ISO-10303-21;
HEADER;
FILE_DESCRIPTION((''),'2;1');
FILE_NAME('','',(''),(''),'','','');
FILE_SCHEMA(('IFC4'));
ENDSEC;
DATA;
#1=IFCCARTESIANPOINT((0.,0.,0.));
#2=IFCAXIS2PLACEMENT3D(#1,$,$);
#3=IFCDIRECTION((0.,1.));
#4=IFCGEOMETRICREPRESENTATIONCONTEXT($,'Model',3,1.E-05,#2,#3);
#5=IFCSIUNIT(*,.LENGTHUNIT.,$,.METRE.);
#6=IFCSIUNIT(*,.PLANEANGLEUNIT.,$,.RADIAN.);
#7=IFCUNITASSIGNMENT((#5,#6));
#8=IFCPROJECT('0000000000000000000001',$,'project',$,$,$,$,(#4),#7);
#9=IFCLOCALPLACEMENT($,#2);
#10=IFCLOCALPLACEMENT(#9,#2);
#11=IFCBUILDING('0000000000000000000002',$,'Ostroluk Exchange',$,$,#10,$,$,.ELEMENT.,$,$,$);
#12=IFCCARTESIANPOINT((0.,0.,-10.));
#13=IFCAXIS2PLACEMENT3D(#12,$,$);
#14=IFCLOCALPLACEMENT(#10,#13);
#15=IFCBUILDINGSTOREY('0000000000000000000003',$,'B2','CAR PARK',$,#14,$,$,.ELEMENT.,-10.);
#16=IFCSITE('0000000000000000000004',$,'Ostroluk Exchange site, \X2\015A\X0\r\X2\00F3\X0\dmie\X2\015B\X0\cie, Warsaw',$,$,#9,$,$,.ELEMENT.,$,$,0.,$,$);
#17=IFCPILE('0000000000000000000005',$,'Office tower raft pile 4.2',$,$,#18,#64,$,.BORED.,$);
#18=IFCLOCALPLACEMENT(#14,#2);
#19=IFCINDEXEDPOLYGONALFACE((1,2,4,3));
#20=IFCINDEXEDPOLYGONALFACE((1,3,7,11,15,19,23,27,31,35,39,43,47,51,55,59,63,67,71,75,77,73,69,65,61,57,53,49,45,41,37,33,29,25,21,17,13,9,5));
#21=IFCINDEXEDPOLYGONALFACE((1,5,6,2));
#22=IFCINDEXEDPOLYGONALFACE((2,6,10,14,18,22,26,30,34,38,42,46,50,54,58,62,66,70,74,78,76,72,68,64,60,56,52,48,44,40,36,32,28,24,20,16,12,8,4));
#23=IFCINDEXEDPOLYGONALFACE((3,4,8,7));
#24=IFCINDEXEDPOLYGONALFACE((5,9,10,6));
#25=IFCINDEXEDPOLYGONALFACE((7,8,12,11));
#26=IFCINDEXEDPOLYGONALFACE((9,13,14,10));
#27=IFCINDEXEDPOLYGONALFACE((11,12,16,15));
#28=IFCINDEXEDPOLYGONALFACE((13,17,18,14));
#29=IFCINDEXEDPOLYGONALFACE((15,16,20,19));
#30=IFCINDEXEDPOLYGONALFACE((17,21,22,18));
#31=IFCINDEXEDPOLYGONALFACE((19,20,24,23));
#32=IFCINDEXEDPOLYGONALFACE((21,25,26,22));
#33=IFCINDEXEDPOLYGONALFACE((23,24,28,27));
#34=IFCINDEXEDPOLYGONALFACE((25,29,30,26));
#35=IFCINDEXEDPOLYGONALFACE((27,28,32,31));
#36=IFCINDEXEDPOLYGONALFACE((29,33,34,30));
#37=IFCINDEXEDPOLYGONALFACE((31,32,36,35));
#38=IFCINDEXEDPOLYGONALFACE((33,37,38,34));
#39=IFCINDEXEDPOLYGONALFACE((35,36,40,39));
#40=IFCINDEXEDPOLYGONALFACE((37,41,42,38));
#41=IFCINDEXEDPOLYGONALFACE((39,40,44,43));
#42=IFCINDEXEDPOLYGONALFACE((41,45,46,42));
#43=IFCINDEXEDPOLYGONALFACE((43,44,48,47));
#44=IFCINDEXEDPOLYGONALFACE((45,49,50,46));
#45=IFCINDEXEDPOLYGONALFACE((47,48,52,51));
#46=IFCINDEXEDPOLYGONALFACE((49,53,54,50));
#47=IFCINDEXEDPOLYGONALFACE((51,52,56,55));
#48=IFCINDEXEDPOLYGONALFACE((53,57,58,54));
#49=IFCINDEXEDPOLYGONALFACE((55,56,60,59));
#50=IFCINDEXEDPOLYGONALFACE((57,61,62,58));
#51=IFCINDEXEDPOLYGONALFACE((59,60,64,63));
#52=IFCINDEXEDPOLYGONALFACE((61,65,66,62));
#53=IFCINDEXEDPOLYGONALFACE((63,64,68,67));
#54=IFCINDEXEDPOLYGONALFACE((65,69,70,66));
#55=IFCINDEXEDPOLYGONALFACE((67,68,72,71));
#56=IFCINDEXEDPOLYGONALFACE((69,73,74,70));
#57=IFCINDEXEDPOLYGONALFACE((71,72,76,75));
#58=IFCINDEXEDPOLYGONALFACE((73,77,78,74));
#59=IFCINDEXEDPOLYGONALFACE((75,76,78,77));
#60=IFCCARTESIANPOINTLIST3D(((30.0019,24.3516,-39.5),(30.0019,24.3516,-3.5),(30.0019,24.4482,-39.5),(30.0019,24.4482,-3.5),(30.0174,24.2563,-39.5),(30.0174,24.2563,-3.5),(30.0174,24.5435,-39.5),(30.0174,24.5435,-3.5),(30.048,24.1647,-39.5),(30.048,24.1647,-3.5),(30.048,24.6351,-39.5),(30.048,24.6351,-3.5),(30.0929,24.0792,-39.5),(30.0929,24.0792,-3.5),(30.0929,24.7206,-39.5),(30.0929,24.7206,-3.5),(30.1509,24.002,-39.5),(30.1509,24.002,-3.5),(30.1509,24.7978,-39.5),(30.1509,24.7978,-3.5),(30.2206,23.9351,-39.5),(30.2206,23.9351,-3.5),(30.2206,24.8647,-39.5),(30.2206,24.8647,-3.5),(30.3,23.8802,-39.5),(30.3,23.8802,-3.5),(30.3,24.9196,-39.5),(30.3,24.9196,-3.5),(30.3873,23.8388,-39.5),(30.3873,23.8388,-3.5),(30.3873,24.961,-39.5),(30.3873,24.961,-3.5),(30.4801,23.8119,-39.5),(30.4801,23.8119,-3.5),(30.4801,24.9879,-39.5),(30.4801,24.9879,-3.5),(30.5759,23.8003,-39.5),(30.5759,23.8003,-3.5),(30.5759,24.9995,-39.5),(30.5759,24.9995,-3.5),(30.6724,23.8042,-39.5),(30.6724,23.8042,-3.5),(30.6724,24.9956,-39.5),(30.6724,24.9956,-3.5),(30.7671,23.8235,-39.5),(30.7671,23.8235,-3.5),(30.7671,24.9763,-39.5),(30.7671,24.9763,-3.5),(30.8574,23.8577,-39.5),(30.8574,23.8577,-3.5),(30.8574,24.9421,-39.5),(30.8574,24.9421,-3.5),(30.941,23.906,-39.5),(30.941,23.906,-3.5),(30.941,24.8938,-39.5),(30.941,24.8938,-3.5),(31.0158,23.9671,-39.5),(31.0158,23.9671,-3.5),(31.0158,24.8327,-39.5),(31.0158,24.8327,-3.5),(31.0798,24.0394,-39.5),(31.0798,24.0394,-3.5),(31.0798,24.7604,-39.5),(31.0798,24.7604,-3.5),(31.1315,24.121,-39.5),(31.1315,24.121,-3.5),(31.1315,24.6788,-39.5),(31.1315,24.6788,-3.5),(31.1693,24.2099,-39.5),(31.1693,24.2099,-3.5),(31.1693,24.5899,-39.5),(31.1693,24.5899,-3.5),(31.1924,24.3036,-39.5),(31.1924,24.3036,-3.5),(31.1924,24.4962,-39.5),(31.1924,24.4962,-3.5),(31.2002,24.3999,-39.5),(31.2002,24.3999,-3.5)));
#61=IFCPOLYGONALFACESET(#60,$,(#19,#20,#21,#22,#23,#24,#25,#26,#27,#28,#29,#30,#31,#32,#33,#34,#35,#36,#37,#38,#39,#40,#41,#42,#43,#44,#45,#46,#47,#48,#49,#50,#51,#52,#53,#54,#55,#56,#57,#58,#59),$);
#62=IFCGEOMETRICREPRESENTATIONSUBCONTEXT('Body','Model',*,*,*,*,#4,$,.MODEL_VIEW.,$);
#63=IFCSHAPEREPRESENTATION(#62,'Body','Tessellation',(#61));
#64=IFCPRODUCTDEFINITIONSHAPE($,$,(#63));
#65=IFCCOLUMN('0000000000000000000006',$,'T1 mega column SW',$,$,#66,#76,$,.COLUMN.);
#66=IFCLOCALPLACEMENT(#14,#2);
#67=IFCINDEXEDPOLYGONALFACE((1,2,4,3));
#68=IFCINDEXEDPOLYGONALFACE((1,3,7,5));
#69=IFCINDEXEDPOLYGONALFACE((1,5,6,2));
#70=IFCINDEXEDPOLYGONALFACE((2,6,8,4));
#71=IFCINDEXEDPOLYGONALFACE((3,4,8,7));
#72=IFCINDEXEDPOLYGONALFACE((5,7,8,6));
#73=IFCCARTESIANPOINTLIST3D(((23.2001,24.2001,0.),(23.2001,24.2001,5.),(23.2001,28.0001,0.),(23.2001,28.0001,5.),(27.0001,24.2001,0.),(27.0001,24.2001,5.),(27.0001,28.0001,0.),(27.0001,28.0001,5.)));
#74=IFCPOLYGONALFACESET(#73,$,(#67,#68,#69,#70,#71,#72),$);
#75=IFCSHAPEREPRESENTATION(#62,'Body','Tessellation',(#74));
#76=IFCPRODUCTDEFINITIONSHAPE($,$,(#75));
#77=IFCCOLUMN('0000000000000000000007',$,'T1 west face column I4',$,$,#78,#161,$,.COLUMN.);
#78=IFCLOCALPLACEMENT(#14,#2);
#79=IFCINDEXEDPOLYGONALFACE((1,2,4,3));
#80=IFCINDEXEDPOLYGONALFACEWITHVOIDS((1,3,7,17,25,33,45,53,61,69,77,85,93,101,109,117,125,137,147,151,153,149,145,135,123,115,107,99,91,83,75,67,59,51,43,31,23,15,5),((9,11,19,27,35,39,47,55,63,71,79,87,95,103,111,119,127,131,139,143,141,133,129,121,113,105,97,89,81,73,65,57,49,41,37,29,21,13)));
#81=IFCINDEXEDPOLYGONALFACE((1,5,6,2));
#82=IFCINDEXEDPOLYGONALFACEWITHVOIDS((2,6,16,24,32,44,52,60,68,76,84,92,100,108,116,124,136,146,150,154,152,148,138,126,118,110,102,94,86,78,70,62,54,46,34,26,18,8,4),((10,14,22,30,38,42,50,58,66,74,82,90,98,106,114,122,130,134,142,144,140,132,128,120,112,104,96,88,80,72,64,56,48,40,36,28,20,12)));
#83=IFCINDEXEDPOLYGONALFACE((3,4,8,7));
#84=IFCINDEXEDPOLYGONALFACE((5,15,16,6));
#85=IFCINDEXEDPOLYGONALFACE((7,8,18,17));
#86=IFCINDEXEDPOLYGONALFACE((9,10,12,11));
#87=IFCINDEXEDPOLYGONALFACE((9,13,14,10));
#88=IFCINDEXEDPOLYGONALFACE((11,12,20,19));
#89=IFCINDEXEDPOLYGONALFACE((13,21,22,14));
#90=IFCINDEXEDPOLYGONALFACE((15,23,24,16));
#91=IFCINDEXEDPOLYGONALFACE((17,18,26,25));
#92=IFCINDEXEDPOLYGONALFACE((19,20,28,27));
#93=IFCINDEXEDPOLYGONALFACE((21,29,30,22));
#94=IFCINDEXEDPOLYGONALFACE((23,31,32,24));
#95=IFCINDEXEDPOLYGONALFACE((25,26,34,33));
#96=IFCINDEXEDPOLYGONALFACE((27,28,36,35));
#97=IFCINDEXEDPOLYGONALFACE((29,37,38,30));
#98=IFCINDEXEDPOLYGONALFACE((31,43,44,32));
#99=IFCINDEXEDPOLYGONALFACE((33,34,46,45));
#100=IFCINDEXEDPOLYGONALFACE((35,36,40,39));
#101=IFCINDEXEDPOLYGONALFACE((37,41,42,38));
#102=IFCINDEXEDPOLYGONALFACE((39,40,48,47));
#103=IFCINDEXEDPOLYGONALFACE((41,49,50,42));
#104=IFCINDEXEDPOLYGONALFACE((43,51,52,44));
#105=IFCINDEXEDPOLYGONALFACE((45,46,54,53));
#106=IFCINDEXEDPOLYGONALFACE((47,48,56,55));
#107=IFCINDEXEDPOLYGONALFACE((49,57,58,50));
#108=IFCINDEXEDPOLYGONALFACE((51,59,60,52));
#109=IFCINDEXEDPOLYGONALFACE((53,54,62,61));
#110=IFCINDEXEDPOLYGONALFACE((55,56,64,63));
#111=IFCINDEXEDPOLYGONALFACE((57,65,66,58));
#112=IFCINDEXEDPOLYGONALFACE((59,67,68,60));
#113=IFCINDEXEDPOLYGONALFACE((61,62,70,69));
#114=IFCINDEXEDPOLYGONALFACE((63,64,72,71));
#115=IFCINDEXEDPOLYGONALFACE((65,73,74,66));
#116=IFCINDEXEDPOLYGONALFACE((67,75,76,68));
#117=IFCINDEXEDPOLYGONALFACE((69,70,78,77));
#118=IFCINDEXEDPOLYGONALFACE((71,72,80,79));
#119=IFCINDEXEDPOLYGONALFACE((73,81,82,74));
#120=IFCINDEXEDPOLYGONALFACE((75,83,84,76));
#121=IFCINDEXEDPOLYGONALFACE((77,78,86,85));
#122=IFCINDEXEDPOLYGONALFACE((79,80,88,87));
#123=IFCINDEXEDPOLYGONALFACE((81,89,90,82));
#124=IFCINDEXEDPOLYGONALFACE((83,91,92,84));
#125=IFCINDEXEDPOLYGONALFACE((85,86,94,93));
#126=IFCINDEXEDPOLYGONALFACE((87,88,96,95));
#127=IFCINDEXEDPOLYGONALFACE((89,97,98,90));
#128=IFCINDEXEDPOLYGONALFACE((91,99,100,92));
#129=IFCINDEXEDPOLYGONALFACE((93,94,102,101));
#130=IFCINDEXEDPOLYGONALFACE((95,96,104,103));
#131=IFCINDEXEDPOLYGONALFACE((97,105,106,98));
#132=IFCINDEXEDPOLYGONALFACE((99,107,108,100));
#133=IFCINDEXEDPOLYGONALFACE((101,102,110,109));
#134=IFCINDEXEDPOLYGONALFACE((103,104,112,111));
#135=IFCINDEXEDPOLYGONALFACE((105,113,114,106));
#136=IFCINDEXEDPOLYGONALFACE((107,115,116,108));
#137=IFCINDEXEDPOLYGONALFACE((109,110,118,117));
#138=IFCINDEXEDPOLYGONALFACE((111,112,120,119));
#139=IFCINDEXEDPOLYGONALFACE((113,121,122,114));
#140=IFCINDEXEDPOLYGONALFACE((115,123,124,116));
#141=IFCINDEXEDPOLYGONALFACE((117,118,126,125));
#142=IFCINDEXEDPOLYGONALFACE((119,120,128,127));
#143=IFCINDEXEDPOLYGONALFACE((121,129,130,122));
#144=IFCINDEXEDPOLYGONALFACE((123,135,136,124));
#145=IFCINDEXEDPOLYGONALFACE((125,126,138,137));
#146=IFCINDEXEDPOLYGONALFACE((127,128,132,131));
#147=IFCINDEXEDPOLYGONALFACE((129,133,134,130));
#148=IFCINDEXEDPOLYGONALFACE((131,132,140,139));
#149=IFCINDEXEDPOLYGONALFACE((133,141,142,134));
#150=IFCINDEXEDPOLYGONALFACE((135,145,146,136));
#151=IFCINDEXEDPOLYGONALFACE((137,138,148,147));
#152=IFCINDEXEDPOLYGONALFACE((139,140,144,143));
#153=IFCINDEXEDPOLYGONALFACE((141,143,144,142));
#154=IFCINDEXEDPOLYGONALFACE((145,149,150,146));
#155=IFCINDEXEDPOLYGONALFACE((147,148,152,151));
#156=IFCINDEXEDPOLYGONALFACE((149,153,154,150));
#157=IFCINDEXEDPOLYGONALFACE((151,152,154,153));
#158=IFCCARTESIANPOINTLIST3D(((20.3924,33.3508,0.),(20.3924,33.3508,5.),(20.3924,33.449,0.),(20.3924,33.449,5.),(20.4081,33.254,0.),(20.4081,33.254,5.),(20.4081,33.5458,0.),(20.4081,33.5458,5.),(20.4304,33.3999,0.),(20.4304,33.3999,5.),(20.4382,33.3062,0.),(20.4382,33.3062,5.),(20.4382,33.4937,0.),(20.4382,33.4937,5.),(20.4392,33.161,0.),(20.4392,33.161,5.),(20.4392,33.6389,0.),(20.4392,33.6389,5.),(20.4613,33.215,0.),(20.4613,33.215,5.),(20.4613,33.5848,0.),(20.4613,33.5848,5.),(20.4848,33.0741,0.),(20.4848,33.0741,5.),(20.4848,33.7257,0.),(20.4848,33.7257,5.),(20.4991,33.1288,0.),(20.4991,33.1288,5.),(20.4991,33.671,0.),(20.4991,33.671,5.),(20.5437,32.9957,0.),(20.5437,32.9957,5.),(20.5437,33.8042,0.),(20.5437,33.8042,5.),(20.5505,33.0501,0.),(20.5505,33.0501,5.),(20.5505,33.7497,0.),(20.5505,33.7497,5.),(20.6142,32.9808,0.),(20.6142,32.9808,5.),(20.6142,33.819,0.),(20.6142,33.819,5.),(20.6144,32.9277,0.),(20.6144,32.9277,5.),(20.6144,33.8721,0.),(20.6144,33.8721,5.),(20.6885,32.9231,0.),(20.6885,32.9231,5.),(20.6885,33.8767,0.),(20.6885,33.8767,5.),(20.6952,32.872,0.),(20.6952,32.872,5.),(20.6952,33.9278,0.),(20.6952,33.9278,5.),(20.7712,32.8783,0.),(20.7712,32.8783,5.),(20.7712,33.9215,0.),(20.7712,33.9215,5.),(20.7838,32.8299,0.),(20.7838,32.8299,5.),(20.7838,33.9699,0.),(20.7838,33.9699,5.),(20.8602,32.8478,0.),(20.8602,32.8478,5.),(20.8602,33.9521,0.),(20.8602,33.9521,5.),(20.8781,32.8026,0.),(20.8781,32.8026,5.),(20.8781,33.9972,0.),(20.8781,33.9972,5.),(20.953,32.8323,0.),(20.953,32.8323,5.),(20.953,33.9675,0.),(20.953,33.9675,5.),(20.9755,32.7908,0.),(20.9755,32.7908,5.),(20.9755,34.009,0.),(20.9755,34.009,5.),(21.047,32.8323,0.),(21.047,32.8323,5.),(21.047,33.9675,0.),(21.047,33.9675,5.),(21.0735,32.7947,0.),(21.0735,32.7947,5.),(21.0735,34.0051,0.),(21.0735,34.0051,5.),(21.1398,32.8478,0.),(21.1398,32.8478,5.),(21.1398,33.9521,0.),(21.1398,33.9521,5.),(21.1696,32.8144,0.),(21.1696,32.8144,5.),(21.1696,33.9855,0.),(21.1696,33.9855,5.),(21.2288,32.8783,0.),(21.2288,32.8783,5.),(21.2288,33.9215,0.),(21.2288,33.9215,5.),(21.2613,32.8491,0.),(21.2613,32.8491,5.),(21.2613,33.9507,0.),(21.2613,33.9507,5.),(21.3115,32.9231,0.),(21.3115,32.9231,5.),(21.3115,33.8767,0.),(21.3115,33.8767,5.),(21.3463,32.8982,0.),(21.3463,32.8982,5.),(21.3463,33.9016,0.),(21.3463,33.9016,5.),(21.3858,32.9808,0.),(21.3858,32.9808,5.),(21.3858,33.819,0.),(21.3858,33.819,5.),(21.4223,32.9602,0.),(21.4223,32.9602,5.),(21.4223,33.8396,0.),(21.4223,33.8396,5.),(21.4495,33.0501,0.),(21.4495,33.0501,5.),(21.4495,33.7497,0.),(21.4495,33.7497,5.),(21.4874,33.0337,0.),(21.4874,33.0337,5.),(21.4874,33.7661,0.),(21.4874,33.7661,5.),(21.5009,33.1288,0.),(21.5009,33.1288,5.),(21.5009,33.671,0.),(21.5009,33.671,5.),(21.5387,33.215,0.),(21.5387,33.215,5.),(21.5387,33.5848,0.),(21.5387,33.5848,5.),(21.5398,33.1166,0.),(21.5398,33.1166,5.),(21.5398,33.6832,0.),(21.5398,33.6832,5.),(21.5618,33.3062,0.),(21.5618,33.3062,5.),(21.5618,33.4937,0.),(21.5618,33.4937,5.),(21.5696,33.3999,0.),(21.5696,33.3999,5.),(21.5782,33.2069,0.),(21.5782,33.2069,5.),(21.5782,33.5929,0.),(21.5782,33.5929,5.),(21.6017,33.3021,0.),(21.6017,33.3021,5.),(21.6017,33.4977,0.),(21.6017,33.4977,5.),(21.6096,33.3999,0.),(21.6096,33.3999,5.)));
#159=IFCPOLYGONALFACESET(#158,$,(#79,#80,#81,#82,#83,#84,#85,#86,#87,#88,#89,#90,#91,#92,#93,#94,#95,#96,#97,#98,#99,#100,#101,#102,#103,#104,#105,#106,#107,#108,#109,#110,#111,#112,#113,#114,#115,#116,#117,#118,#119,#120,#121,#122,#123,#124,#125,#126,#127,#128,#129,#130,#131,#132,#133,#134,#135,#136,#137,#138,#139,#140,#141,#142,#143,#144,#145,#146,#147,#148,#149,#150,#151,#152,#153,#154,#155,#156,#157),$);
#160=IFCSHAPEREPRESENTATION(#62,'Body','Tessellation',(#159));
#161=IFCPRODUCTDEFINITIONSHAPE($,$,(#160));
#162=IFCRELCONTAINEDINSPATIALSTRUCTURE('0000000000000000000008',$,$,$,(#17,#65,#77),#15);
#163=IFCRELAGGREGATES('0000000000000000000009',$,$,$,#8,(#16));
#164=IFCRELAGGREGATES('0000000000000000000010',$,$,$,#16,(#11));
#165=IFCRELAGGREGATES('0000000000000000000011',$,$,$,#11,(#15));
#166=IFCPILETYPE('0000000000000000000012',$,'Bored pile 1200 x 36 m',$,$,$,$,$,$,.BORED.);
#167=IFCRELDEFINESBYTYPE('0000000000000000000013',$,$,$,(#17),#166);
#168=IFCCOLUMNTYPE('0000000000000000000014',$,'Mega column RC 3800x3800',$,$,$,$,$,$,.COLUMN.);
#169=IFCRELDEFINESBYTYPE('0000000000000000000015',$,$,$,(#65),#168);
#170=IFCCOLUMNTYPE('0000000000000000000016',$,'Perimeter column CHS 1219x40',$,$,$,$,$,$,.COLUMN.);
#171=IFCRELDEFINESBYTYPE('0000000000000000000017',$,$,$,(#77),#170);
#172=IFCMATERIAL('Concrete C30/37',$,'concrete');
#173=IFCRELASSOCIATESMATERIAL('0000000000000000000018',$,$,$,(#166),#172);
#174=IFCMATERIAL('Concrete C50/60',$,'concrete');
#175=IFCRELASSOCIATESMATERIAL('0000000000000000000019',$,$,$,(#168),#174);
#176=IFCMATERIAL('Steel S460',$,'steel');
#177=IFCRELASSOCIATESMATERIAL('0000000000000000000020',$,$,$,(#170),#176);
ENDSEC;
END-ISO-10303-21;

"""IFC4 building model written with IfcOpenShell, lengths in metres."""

from ifc_helpers import new_model, si_unit, direction, frame, origin, origin_2d, place, context, subcontext, project, spatial, rectangle, circle, hollow_circle, extrude, material, material_profile, profile_set, type_object, element, save


model = new_model("IFC4")

# Units and contexts
model_context = context("Model", 3, precision=1e-05, world=origin(), true_north=direction((0.0, 1.0)))
body_context = subcontext(model_context, "Body", "Model", "MODEL_VIEW")
ifc_project = project(units=[si_unit("LENGTHUNIT", "METRE"), si_unit("PLANEANGLEUNIT", "RADIAN")], contexts=[model_context])

# Site, building, storey
site_placement = place(None, origin())
site = spatial("IfcSite", under=ifc_project, at=site_placement, Name="Ostroluk Exchange site, Śródmieście, Warsaw", CompositionType="ELEMENT", RefElevation=0.0)
building_placement = place(site_placement, origin())
building = spatial("IfcBuilding", under=site, at=building_placement, Name="Ostroluk Exchange", CompositionType="ELEMENT")
storey_placement = place(building_placement, frame((0.0, 0.0, -10.0)))
storey = spatial("IfcBuildingStorey", under=building, at=storey_placement, Name="B2", Description="CAR PARK", CompositionType="ELEMENT", Elevation=-10.0)

# Pile
ifc_material_1 = material(Name="Concrete C30/37", Category="concrete")
pile_type = type_object("IfcPileType", Name="Bored pile 1200 x 36 m", PredefinedType="BORED", material=ifc_material_1)
for number, where, z_axis, x_axis, name in (
    (1, (30.6001, 24.3999, -3.5), (0.0, 0.0, -1.0), (1.0, 0.0, 0.0), "Office tower raft pile 4.2"),
):
    element("IfcPile", number, at=place(storey_placement, frame(where, z_axis=z_axis, x_axis=x_axis)), inside=storey, type_object=pile_type, Name=name, PredefinedType="BORED", context=body_context, shape_type="SweptSolid", body=[
        extrude(circle(Radius=0.6001, at=origin_2d()), origin(), (0.0, 0.0, 1.0), 36.0),
    ])

# Columns
ifc_material_2 = material(Name="Concrete C50/60", Category="concrete")
ifc_material_profile_1 = material_profile(ifc_material_2, rectangle(XDim=3.8, YDim=3.8, at=origin_2d()), Name="RC 3800x3800")
ifc_profile_set_1 = profile_set([ifc_material_profile_1], Name="Concrete C50/60")
column_type_1 = type_object("IfcColumnType", Name="Mega column RC 3800x3800", PredefinedType="COLUMN", material=ifc_profile_set_1)
column_1_placement = place(storey_placement, frame((25.1001, 26.1001, 0.0), z_axis=(0.0, 0.0, 1.0), x_axis=(1.0, 0.0, 0.0)))
element("IfcColumn", 2, at=column_1_placement, inside=storey, type_object=column_type_1, Name="T1 mega column SW", PredefinedType="COLUMN", context=body_context, shape_type="SweptSolid", body=[
    extrude(rectangle(XDim=3.8, YDim=3.8, at=origin_2d()), origin(), (0.0, 0.0, 1.0), 5.0),
])
ifc_material_3 = material(Name="Steel S460", Category="steel")
ifc_material_profile_2 = material_profile(ifc_material_3, hollow_circle(Radius=0.6096, WallThickness=0.04, at=origin_2d()), Name="CHS 1219x40")
ifc_profile_set_2 = profile_set([ifc_material_profile_2], Name="Steel S460")
column_type_2 = type_object("IfcColumnType", Name="Perimeter column CHS 1219x40", PredefinedType="COLUMN", material=ifc_profile_set_2)
column_2_placement = place(storey_placement, frame((21.0, 33.3999, 0.0), z_axis=(0.0, 0.0, 1.0), x_axis=(1.0, 0.0, 0.0)))
element("IfcColumn", 3, at=column_2_placement, inside=storey, type_object=column_type_2, Name="T1 west face column I4", PredefinedType="COLUMN", context=body_context, shape_type="SweptSolid", body=[
    extrude(hollow_circle(Radius=0.6096, WallThickness=0.04, at=origin_2d()), origin(), (0.0, 0.0, 1.0), 5.0),
])

save(model, "model.ifc")
